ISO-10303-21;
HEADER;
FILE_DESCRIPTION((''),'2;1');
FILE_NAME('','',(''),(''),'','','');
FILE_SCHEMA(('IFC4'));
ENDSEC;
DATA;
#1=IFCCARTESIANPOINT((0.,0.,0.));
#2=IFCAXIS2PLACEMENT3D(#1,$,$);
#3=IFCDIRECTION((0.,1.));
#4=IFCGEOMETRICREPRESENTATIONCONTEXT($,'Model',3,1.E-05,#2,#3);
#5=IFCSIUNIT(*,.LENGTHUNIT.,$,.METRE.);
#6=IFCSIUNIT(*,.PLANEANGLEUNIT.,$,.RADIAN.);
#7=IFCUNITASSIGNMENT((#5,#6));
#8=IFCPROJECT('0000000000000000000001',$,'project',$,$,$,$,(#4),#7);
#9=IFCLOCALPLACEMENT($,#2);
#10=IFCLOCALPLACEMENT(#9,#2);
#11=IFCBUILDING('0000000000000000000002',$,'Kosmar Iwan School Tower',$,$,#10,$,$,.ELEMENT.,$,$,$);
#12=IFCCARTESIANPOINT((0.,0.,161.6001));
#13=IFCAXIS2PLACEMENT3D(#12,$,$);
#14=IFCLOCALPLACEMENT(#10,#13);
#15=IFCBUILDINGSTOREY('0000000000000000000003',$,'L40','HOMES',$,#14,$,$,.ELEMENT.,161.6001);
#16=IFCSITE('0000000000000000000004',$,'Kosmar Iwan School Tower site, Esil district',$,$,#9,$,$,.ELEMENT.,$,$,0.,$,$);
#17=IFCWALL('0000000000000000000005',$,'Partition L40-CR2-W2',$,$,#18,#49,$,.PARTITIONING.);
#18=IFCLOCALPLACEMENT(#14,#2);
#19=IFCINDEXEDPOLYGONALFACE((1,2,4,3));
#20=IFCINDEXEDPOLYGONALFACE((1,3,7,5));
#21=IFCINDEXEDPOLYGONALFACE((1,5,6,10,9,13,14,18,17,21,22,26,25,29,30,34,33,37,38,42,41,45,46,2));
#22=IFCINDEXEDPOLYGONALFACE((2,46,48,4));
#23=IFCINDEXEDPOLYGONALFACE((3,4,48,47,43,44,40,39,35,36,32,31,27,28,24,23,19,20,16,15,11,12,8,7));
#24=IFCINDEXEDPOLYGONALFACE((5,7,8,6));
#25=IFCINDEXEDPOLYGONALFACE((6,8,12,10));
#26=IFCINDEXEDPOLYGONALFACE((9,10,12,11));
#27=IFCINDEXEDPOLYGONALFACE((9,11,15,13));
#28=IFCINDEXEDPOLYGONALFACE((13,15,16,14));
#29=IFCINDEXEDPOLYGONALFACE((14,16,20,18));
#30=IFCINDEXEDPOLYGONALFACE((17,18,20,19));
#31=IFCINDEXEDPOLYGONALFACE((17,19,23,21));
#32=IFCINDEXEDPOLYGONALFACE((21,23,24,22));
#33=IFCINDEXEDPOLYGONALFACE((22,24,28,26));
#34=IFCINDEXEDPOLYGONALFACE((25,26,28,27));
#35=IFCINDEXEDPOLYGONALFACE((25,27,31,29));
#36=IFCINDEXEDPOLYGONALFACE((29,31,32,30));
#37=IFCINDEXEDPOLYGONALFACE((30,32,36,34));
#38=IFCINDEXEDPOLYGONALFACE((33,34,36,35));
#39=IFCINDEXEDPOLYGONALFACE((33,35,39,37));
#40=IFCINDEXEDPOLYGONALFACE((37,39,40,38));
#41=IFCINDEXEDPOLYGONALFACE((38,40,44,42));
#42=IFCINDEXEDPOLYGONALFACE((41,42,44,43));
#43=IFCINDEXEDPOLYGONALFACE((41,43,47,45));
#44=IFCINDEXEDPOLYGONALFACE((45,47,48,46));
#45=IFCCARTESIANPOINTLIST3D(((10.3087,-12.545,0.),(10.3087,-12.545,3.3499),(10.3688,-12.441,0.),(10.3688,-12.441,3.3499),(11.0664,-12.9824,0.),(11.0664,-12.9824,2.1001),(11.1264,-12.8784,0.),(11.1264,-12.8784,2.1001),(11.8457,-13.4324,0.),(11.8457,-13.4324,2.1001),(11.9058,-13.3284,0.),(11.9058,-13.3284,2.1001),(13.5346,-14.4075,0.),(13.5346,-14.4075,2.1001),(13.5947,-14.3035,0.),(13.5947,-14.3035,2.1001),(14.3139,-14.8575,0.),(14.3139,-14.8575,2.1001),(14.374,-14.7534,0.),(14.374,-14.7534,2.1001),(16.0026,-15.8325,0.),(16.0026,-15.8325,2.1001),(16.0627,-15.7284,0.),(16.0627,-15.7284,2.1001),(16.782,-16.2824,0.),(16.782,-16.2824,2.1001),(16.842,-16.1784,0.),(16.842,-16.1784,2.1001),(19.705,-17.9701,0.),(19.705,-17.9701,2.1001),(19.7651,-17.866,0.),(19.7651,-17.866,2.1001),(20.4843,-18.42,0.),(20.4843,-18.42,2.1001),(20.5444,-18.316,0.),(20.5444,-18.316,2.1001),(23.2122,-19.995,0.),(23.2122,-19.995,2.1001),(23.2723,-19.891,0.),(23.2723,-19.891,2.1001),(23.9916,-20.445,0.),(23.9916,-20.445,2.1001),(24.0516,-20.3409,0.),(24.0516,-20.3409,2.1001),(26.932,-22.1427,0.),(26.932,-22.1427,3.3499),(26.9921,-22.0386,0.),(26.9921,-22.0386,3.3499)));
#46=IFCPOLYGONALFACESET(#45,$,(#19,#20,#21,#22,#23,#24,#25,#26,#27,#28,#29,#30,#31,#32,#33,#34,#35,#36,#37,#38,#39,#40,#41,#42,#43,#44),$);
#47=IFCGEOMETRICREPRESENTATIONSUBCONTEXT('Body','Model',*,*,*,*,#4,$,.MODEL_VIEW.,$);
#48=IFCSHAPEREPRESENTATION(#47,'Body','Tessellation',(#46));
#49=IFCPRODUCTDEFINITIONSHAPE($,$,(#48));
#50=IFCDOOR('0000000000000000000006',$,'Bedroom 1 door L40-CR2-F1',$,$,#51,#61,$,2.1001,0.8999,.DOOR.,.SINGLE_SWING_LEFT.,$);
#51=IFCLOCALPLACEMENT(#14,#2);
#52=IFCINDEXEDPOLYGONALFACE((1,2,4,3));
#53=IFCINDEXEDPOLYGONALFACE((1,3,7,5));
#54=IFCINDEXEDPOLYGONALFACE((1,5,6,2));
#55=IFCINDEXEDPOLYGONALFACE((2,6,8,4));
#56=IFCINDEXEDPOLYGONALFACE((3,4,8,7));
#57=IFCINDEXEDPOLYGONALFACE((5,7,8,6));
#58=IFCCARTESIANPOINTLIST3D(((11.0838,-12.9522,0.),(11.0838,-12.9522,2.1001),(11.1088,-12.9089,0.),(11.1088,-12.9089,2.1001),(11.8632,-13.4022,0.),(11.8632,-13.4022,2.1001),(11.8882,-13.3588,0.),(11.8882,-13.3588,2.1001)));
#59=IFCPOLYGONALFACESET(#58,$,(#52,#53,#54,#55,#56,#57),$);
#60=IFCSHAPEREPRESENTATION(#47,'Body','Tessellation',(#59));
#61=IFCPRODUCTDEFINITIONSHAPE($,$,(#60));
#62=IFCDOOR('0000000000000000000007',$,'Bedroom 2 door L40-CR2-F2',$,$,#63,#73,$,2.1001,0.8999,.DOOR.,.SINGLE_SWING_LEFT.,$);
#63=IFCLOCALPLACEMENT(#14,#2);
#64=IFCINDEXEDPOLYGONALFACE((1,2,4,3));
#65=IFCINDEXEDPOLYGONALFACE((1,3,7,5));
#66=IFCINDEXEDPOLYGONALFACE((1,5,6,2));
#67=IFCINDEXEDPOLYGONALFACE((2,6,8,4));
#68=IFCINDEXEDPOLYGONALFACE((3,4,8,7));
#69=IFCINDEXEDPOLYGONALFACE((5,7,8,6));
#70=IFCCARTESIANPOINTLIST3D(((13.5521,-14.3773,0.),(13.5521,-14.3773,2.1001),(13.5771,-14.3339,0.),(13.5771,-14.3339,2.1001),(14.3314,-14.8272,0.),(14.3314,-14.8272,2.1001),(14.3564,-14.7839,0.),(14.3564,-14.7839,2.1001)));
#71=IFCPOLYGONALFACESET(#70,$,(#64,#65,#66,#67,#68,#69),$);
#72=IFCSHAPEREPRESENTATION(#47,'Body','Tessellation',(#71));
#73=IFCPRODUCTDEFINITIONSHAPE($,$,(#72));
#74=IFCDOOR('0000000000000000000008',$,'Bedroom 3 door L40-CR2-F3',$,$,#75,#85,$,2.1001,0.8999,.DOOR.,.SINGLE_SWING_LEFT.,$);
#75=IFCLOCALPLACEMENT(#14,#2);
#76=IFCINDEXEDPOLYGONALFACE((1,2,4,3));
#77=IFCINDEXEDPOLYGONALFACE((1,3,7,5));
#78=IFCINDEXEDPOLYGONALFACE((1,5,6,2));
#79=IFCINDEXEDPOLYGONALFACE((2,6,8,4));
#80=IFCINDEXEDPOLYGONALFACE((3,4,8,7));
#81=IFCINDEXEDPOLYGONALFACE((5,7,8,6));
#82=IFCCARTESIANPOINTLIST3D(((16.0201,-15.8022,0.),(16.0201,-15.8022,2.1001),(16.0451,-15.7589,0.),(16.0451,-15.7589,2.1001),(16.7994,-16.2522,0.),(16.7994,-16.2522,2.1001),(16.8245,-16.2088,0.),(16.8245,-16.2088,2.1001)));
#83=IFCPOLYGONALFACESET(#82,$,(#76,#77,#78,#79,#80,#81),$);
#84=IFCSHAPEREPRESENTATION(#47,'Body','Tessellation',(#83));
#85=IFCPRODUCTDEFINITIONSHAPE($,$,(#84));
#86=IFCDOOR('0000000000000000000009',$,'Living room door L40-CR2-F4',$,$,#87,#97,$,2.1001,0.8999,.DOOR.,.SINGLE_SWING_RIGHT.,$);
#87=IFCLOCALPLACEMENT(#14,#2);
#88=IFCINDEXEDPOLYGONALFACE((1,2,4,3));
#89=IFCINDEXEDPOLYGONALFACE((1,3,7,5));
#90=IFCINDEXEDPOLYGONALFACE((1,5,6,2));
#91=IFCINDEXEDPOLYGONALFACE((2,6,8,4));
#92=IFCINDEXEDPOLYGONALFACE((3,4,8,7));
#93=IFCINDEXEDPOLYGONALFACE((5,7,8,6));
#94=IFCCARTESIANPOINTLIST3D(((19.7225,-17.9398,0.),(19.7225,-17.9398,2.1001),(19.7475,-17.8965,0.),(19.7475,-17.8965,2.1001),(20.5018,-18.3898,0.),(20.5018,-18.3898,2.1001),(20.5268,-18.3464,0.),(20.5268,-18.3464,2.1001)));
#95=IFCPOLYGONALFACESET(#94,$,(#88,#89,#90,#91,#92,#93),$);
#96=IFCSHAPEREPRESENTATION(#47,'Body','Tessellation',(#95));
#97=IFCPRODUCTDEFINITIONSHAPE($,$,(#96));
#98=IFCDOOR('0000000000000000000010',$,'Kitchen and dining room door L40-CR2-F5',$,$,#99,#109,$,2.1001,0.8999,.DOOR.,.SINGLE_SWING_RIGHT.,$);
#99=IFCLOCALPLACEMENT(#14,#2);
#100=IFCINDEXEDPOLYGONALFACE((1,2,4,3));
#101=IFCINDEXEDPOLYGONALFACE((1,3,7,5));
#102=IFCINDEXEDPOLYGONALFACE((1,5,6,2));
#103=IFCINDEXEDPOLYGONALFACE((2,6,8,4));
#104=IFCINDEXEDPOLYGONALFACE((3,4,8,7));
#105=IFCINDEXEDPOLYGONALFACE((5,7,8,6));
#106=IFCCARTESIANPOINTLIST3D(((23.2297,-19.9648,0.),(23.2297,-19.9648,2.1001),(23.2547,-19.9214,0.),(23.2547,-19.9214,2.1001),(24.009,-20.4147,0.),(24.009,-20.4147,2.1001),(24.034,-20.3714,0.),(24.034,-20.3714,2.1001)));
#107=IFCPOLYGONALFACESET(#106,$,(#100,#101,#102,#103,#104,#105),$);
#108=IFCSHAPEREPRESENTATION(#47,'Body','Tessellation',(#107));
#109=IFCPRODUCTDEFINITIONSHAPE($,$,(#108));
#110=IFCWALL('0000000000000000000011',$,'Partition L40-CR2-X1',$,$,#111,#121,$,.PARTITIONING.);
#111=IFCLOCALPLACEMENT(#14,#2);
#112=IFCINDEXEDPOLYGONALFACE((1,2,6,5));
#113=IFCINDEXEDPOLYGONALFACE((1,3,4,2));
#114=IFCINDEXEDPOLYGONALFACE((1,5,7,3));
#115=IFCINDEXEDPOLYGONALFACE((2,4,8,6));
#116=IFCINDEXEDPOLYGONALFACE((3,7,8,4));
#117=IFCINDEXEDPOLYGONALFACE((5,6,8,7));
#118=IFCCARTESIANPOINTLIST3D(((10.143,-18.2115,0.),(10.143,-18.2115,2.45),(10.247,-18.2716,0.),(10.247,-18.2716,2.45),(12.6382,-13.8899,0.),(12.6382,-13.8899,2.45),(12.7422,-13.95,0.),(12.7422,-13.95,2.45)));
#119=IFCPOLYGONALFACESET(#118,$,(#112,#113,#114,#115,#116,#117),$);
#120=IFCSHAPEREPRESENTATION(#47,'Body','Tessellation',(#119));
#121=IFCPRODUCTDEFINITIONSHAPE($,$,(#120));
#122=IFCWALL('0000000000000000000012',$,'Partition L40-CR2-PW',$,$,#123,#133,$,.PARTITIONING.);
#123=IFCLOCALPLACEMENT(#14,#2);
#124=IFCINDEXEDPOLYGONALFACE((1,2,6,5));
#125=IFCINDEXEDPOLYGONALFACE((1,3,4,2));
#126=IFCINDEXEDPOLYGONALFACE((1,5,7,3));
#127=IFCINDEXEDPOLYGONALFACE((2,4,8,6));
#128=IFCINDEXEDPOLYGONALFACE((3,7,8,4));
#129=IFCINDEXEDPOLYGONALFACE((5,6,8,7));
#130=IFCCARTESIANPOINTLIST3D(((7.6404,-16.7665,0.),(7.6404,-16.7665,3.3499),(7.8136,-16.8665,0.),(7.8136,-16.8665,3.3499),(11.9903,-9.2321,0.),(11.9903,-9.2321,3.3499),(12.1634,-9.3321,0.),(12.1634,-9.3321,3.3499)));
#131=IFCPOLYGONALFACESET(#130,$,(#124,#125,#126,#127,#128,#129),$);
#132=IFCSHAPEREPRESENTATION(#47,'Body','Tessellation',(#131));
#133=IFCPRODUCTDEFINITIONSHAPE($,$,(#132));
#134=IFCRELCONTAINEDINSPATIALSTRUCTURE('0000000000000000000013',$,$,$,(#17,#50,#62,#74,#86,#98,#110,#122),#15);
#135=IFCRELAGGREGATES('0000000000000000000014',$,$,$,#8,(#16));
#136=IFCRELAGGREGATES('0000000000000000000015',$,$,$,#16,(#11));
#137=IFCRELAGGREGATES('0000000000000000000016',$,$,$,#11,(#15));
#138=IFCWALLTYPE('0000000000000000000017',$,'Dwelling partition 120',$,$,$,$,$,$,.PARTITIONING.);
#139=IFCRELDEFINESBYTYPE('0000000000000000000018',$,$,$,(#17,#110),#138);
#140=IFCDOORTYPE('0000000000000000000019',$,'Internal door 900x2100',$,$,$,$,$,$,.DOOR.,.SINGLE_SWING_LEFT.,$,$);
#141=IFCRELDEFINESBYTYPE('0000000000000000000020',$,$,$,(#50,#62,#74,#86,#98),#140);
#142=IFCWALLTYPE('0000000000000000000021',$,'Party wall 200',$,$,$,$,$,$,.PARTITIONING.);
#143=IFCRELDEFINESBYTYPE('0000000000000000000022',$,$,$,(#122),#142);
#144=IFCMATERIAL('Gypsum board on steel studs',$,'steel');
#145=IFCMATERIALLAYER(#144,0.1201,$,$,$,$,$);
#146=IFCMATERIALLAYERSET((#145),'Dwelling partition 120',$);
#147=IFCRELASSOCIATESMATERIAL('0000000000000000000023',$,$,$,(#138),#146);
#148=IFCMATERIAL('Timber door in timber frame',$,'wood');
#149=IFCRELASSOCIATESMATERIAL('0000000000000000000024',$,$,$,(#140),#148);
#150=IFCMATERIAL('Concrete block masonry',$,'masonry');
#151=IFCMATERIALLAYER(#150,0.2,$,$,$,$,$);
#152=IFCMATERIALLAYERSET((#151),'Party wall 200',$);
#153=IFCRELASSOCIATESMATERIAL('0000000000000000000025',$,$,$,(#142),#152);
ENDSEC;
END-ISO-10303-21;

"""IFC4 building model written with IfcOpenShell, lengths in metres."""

from ifc_helpers import new_model, si_unit, direction, frame, frame_2d, origin, place, context, subcontext, project, spatial, rectangle, extrude, material, layer, layer_set, type_object, element, fill, save


model = new_model("IFC4")

# Units and contexts
model_context = context("Model", 3, precision=1e-05, world=origin(), true_north=direction((0.0, 1.0)))
body_context = subcontext(model_context, "Body", "Model", "MODEL_VIEW")
ifc_project = project(units=[si_unit("LENGTHUNIT", "METRE"), si_unit("PLANEANGLEUNIT", "RADIAN")], contexts=[model_context])

# Site, building, storey
site_placement = place(None, origin())
site = spatial("IfcSite", under=ifc_project, at=site_placement, Name="Kosmar Iwan School Tower site, Esil district", CompositionType="ELEMENT", RefElevation=0.0)
building_placement = place(site_placement, origin())
building = spatial("IfcBuilding", under=site, at=building_placement, Name="Kosmar Iwan School Tower", CompositionType="ELEMENT")
storey_placement = place(building_placement, frame((0.0, 0.0, 161.6001)))
storey = spatial("IfcBuildingStorey", under=building, at=storey_placement, Name="L40", Description="HOMES", CompositionType="ELEMENT", Elevation=161.6001)

# Shared definitions
ifc_material_1 = material(Name="Gypsum board on steel studs", Category="steel")
ifc_layer_1 = layer(ifc_material_1, 0.1201)
ifc_layer_set_1 = layer_set([ifc_layer_1], Name="Dwelling partition 120")
wall_type_1 = type_object("IfcWallType", Name="Dwelling partition 120", PredefinedType="PARTITIONING", material=ifc_layer_set_1)

# Wall, openings, doors
ifc_material_2 = material(Name="Timber door in timber frame", Category="wood")
door_type_1 = type_object("IfcDoorType", Name="Internal door 900x2100", OperationType="SINGLE_SWING_LEFT", PredefinedType="DOOR", material=ifc_material_2)
wall_1_placement = place(storey_placement, frame((10.3386, -12.4929, 0.0), z_axis=(0.0, 0.0, 1.0), x_axis=(0.866021, -0.500008, 0.0)))
wall_1 = element("IfcWall", 1, at=wall_1_placement, inside=storey, type_object=wall_type_1, Name="Partition L40-CR2-W2", PredefinedType="PARTITIONING", context=body_context, shape_type="SweptSolid", body=[
    extrude(rectangle(XDim=19.1951, YDim=0.1201, at=frame_2d((9.5977, 0.0))), origin(), (0.0, 0.0, 1.0), 3.3499),
])
opening_1_placement = place(wall_1_placement, frame((0.875, 0.0, 0.0)))
opening_1 = element("IfcOpeningElement", 2, at=opening_1_placement, cuts=wall_1, PredefinedType="OPENING", context=body_context, shape_type="SweptSolid", body=[
    extrude(rectangle(XDim=0.8999, YDim=2.1001, at=frame_2d((0.45, 1.05))), frame((0.0, 0.072, 0.0), z_axis=(0.0, -1.0, 0.0), x_axis=(1.0, 0.0, 0.0)), (0.0, 0.0, 1.0), 0.144),
])
opening_2_placement = place(wall_1_placement, frame((3.7251, 0.0, 0.0)))
opening_2 = element("IfcOpeningElement", 3, at=opening_2_placement, cuts=wall_1, PredefinedType="OPENING", context=body_context, shape_type="SweptSolid", body=[
    extrude(rectangle(XDim=0.8999, YDim=2.1001, at=frame_2d((0.45, 1.05))), frame((0.0, 0.072, 0.0), z_axis=(0.0, -1.0, 0.0), x_axis=(1.0, 0.0, 0.0)), (0.0, 0.0, 1.0), 0.144),
])
opening_3_placement = place(wall_1_placement, frame((6.575, 0.0, 0.0)))
opening_3 = element("IfcOpeningElement", 4, at=opening_3_placement, cuts=wall_1, PredefinedType="OPENING", context=body_context, shape_type="SweptSolid", body=[
    extrude(rectangle(XDim=0.8999, YDim=2.1001, at=frame_2d((0.45, 1.05))), frame((0.0, 0.072, 0.0), z_axis=(0.0, -1.0, 0.0), x_axis=(1.0, 0.0, 0.0)), (0.0, 0.0, 1.0), 0.144),
])
opening_4_placement = place(wall_1_placement, frame((10.8501, 0.0, 0.0)))
opening_4 = element("IfcOpeningElement", 5, at=opening_4_placement, cuts=wall_1, PredefinedType="OPENING", context=body_context, shape_type="SweptSolid", body=[
    extrude(rectangle(XDim=0.8999, YDim=2.1001, at=frame_2d((0.45, 1.05))), frame((0.0, 0.072, 0.0), z_axis=(0.0, -1.0, 0.0), x_axis=(1.0, 0.0, 0.0)), (0.0, 0.0, 1.0), 0.144),
])
opening_5_placement = place(wall_1_placement, frame((14.8999, 0.0, 0.0)))
opening_5 = element("IfcOpeningElement", 6, at=opening_5_placement, cuts=wall_1, PredefinedType="OPENING", context=body_context, shape_type="SweptSolid", body=[
    extrude(rectangle(XDim=0.8999, YDim=2.1001, at=frame_2d((0.45, 1.05))), frame((0.0, 0.072, 0.0), z_axis=(0.0, -1.0, 0.0), x_axis=(1.0, 0.0, 0.0)), (0.0, 0.0, 1.0), 0.144),
])
door_1_placement = place(opening_1_placement, origin())
door_1 = element("IfcDoor", 7, at=door_1_placement, inside=storey, type_object=door_type_1, Name="Bedroom 1 door L40-CR2-F1", OperationType="SINGLE_SWING_LEFT", OverallHeight=2.1001, OverallWidth=0.8999, PredefinedType="DOOR", context=body_context, shape_type="SweptSolid", body=[
    extrude(rectangle(XDim=0.8999, YDim=2.1001, at=frame_2d((0.45, 1.05))), frame((0.0, 0.0249, 0.0), z_axis=(0.0, -1.0, 0.0), x_axis=(1.0, 0.0, 0.0)), (0.0, 0.0, 1.0), 0.05),
])
fill(opening_1, door_1)
door_2_placement = place(opening_2_placement, origin())
door_2 = element("IfcDoor", 8, at=door_2_placement, inside=storey, type_object=door_type_1, Name="Bedroom 2 door L40-CR2-F2", OperationType="SINGLE_SWING_LEFT", OverallHeight=2.1001, OverallWidth=0.8999, PredefinedType="DOOR", context=body_context, shape_type="SweptSolid", body=[
    extrude(rectangle(XDim=0.8999, YDim=2.1001, at=frame_2d((0.45, 1.05))), frame((0.0, 0.0249, 0.0), z_axis=(0.0, -1.0, 0.0), x_axis=(1.0, 0.0, 0.0)), (0.0, 0.0, 1.0), 0.05),
])
fill(opening_2, door_2)
door_3_placement = place(opening_3_placement, origin())
door_3 = element("IfcDoor", 9, at=door_3_placement, inside=storey, type_object=door_type_1, Name="Bedroom 3 door L40-CR2-F3", OperationType="SINGLE_SWING_LEFT", OverallHeight=2.1001, OverallWidth=0.8999, PredefinedType="DOOR", context=body_context, shape_type="SweptSolid", body=[
    extrude(rectangle(XDim=0.8999, YDim=2.1001, at=frame_2d((0.45, 1.05))), frame((0.0, 0.0249, 0.0), z_axis=(0.0, -1.0, 0.0), x_axis=(1.0, 0.0, 0.0)), (0.0, 0.0, 1.0), 0.05),
])
fill(opening_3, door_3)
door_4_placement = place(opening_4_placement, origin())
door_4 = element("IfcDoor", 10, at=door_4_placement, inside=storey, type_object=door_type_1, Name="Living room door L40-CR2-F4", OperationType="SINGLE_SWING_RIGHT", OverallHeight=2.1001, OverallWidth=0.8999, PredefinedType="DOOR", context=body_context, shape_type="SweptSolid", body=[
    extrude(rectangle(XDim=0.8999, YDim=2.1001, at=frame_2d((0.45, 1.05))), frame((0.0, 0.0249, 0.0), z_axis=(0.0, -1.0, 0.0), x_axis=(1.0, 0.0, 0.0)), (0.0, 0.0, 1.0), 0.05),
])
fill(opening_4, door_4)
door_5_placement = place(opening_5_placement, origin())
door_5 = element("IfcDoor", 11, at=door_5_placement, inside=storey, type_object=door_type_1, Name="Kitchen and dining room door L40-CR2-F5", OperationType="SINGLE_SWING_RIGHT", OverallHeight=2.1001, OverallWidth=0.8999, PredefinedType="DOOR", context=body_context, shape_type="SweptSolid", body=[
    extrude(rectangle(XDim=0.8999, YDim=2.1001, at=frame_2d((0.45, 1.05))), frame((0.0, 0.0249, 0.0), z_axis=(0.0, -1.0, 0.0), x_axis=(1.0, 0.0, 0.0)), (0.0, 0.0, 1.0), 0.05),
])
fill(opening_5, door_5)

# Walls
wall_2_placement = place(storey_placement, frame((12.6902, -13.9199, 0.0), z_axis=(0.0, 0.0, 1.0), x_axis=(-0.500012, -0.866019, 0.0)))
element("IfcWall", 12, at=wall_2_placement, inside=storey, type_object=wall_type_1, Name="Partition L40-CR2-X1", PredefinedType="PARTITIONING", context=body_context, shape_type="SweptSolid", body=[
    extrude(rectangle(XDim=4.9902, YDim=0.1201, at=frame_2d((2.4951, 0.0))), origin(), (0.0, 0.0, 1.0), 2.45),
])
ifc_material_3 = material(Name="Concrete block masonry", Category="masonry")
ifc_layer_2 = layer(ifc_material_3, 0.2)
ifc_layer_set_2 = layer_set([ifc_layer_2], Name="Party wall 200")
wall_type_2 = type_object("IfcWallType", Name="Party wall 200", PredefinedType="PARTITIONING", material=ifc_layer_set_2)
wall_3_placement = place(storey_placement, frame((12.0769, -9.282, 0.0), z_axis=(0.0, 0.0, 1.0), x_axis=(-0.499987, -0.866033, 0.0)))
element("IfcWall", 13, at=wall_3_placement, inside=storey, type_object=wall_type_2, Name="Partition L40-CR2-PW", PredefinedType="PARTITIONING", context=body_context, shape_type="SweptSolid", body=[
    extrude(rectangle(XDim=8.7, YDim=0.2, at=frame_2d((4.3501, 0.0))), origin(), (0.0, 0.0, 1.0), 3.3499),
])

save(model, "model.ifc")
